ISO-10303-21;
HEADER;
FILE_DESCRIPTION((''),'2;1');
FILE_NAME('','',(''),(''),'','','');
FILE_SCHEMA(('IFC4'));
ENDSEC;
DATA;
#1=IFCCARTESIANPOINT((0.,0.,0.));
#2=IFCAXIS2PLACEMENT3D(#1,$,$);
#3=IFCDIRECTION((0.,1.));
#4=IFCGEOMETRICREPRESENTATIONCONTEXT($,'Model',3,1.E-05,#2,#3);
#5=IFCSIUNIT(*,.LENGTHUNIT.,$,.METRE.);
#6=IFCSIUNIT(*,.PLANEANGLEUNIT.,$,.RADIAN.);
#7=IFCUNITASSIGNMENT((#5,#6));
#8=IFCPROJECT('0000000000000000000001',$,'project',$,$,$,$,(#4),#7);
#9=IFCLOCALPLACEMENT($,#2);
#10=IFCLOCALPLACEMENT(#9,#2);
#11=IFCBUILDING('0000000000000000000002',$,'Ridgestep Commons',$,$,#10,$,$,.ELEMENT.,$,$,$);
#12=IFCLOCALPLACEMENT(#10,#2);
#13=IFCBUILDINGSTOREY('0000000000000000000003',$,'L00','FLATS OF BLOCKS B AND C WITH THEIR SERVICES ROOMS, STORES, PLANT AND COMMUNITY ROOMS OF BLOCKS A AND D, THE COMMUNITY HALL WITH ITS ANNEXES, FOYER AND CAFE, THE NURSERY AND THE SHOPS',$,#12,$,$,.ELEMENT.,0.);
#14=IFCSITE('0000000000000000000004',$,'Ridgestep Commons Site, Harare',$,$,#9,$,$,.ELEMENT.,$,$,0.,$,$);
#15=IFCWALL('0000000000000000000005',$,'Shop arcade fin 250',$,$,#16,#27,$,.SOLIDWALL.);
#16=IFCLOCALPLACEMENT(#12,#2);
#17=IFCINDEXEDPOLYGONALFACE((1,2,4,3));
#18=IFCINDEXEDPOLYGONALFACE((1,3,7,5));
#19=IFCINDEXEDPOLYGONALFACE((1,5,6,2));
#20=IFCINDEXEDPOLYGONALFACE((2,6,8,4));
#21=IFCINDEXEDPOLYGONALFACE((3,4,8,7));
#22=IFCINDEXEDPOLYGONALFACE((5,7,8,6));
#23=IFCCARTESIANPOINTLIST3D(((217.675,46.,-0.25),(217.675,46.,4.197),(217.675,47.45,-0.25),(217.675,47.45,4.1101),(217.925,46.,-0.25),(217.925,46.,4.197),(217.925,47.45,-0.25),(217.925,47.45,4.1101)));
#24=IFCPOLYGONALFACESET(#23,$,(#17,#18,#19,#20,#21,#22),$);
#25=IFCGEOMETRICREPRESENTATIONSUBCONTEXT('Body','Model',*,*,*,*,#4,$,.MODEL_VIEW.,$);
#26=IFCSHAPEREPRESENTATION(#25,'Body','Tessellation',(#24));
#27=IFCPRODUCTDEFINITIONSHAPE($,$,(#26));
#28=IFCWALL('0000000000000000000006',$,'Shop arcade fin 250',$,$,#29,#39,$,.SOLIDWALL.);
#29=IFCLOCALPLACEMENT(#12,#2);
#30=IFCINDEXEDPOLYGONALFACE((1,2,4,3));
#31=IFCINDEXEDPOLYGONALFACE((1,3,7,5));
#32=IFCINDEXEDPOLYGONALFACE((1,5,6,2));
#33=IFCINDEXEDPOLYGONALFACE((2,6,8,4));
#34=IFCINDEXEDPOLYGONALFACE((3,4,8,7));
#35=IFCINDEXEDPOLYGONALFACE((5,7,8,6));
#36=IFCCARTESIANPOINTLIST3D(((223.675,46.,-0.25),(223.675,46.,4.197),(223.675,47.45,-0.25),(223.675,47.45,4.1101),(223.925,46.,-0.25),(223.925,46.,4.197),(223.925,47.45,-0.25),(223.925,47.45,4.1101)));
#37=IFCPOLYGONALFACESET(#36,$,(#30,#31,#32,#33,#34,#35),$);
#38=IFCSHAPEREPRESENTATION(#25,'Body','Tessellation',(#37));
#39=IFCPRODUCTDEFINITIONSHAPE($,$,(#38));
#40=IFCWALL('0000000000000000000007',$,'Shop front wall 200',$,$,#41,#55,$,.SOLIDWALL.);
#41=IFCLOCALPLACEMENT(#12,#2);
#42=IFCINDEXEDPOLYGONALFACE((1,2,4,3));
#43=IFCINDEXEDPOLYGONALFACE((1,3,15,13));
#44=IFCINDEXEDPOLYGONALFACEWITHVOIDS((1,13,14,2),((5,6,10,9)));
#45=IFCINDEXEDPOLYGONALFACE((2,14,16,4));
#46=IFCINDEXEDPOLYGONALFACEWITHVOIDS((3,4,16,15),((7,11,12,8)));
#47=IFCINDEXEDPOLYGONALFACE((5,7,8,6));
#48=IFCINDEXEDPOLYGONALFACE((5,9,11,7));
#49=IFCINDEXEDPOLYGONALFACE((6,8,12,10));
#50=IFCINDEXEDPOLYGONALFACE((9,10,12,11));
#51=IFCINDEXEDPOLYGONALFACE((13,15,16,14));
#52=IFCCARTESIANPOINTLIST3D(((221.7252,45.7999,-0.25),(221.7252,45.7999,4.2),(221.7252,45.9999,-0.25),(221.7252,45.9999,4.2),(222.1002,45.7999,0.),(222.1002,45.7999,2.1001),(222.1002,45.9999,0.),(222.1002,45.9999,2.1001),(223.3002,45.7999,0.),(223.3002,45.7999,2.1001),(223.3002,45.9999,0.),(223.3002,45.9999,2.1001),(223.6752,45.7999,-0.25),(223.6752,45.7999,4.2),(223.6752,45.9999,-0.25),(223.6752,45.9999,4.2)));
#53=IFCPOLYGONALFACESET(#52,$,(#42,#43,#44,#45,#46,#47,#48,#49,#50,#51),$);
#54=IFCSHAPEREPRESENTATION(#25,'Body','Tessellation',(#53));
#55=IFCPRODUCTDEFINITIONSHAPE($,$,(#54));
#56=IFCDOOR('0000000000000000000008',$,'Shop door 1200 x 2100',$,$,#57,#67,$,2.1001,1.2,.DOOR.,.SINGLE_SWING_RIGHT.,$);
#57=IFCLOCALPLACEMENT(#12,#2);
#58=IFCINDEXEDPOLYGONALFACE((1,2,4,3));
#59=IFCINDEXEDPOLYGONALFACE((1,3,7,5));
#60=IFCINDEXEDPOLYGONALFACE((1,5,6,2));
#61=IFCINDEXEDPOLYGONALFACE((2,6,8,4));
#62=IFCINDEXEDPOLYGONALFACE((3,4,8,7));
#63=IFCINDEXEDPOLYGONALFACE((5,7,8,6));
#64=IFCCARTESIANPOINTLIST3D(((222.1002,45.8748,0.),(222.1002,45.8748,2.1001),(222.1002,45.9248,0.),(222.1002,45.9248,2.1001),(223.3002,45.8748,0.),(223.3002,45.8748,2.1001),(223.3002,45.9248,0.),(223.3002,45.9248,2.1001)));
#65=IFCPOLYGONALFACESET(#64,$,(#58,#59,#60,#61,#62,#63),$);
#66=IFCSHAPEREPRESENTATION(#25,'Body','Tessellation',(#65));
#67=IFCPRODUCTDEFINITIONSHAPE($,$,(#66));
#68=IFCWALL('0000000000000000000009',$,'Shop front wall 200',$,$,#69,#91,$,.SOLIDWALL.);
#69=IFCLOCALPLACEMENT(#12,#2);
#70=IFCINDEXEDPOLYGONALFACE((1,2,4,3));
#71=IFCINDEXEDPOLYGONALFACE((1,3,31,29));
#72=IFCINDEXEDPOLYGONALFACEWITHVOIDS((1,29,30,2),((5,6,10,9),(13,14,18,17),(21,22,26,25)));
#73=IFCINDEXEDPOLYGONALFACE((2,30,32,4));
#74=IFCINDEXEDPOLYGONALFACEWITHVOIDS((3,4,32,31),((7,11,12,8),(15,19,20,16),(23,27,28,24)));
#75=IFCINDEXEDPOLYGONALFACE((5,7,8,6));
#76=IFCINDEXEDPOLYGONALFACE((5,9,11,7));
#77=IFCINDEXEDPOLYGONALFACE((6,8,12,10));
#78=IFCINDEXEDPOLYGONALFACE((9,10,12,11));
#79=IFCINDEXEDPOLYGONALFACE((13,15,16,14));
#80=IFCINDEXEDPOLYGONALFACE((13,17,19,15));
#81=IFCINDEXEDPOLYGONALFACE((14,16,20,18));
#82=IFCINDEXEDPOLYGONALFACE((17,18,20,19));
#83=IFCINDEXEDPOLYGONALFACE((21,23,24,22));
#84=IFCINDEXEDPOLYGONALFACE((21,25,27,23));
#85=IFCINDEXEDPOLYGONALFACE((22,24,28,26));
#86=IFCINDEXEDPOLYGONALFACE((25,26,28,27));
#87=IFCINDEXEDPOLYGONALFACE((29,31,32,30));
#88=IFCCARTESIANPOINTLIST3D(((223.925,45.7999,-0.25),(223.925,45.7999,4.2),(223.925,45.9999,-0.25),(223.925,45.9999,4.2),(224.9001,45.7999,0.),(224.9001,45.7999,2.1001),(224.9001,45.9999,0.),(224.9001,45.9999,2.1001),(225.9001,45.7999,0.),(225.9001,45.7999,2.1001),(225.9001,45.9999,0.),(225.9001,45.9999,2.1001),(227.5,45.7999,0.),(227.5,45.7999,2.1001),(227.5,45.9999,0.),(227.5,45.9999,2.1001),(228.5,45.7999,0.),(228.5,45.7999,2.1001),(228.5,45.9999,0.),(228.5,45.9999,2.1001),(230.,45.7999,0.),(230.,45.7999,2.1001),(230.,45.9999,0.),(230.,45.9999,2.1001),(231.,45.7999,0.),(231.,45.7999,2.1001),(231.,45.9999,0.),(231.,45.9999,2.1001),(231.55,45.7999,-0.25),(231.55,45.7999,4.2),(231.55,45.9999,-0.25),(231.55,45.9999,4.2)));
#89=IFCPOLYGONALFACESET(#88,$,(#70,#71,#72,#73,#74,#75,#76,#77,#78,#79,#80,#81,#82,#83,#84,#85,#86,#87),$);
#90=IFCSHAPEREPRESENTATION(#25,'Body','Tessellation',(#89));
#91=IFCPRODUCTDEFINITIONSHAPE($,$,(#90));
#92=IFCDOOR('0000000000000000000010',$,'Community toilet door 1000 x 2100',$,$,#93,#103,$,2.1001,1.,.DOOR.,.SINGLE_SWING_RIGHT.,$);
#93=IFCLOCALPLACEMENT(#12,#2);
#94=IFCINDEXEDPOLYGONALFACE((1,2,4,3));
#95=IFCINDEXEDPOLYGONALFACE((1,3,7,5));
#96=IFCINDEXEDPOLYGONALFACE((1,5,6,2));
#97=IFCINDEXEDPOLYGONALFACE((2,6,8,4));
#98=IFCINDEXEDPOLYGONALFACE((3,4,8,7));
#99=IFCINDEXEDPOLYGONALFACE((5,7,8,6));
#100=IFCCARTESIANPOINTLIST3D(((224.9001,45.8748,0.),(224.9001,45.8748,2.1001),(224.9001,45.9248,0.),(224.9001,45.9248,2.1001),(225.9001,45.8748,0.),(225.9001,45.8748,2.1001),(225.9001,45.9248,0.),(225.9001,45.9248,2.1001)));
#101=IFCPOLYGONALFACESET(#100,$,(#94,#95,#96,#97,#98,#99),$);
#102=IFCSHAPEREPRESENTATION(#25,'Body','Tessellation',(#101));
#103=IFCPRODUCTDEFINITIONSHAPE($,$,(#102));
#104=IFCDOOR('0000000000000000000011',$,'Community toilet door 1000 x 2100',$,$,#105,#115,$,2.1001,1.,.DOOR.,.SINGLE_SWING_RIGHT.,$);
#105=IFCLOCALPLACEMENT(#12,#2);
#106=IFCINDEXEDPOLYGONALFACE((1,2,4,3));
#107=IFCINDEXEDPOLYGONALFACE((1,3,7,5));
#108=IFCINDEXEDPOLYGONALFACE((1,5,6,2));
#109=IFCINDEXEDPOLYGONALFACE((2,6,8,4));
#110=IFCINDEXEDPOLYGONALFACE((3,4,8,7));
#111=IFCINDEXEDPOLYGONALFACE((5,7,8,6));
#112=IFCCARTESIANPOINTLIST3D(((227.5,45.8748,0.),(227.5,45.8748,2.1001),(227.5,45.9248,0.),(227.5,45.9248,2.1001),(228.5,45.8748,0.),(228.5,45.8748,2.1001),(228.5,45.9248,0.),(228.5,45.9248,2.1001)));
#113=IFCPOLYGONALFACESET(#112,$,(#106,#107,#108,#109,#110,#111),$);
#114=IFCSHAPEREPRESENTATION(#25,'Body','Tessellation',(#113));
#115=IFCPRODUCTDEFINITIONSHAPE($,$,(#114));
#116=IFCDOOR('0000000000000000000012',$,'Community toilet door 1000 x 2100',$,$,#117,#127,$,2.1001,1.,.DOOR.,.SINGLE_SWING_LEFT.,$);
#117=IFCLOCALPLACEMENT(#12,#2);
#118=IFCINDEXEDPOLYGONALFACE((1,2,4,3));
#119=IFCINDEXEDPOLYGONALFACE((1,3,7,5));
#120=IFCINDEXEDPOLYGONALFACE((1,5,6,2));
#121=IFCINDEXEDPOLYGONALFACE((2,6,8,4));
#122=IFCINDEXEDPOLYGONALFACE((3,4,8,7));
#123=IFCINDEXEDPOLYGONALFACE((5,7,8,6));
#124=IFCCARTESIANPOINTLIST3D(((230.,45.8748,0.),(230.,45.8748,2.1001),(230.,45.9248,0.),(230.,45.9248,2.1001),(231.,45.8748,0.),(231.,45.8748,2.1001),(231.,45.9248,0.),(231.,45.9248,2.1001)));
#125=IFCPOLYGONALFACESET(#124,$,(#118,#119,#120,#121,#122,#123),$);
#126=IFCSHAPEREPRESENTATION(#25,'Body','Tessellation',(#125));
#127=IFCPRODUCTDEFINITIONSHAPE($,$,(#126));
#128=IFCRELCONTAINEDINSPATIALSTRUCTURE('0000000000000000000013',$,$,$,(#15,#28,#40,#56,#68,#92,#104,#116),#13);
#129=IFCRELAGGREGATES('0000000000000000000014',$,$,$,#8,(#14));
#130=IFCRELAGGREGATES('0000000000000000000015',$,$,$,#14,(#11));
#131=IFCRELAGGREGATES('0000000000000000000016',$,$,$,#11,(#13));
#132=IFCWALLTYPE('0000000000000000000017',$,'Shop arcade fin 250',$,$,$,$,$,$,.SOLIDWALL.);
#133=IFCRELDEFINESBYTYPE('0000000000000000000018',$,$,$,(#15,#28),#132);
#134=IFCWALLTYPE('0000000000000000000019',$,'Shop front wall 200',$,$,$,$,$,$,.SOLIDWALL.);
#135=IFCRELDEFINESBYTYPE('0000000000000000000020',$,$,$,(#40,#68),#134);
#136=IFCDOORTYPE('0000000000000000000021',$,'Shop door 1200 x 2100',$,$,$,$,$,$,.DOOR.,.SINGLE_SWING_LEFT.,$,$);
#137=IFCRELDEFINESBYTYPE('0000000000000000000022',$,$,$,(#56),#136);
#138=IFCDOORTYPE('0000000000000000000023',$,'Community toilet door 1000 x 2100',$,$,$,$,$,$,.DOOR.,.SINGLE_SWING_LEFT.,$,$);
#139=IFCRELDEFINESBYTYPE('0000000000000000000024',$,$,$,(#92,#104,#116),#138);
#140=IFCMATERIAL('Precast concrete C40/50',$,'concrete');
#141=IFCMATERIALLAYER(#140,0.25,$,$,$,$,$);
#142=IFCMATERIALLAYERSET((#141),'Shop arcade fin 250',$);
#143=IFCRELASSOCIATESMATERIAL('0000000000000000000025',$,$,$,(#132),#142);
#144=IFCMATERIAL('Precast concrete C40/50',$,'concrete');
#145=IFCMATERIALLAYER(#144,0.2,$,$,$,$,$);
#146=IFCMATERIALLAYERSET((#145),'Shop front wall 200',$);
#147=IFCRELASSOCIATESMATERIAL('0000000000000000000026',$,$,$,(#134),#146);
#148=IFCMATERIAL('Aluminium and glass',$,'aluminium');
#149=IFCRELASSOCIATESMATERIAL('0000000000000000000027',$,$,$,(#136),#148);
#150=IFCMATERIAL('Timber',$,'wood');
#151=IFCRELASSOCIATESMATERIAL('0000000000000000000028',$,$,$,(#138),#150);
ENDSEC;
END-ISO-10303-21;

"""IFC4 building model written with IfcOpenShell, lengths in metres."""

from ifc_helpers import new_model, si_unit, direction, frame, frame_2d, origin, place, context, subcontext, project, spatial, polyline, rectangle, outline, extrude, material, layer, layer_set, type_object, element, fill, save


model = new_model("IFC4")

# Units and contexts
model_context = context("Model", 3, precision=1e-05, world=origin(), true_north=direction((0.0, 1.0)))
body_context = subcontext(model_context, "Body", "Model", "MODEL_VIEW")
ifc_project = project(units=[si_unit("LENGTHUNIT", "METRE"), si_unit("PLANEANGLEUNIT", "RADIAN")], contexts=[model_context])

# Site, building, storey
site_placement = place(None, origin())
site = spatial("IfcSite", under=ifc_project, at=site_placement, Name="Ridgestep Commons Site, Harare", CompositionType="ELEMENT", RefElevation=0.0)
building_placement = place(site_placement, origin())
building = spatial("IfcBuilding", under=site, at=building_placement, Name="Ridgestep Commons", CompositionType="ELEMENT")
storey_placement = place(building_placement, origin())
storey = spatial("IfcBuildingStorey", under=building, at=storey_placement, Name="L00", Description="FLATS OF BLOCKS B AND C WITH THEIR SERVICES ROOMS, STORES, PLANT AND COMMUNITY ROOMS OF BLOCKS A AND D, THE COMMUNITY HALL WITH ITS ANNEXES, FOYER AND CAFE, THE NURSERY AND THE SHOPS", CompositionType="ELEMENT", Elevation=0.0)

# Walls
ifc_material_1 = material(Name="Precast concrete C40/50", Category="concrete")
ifc_layer_1 = layer(ifc_material_1, 0.25)
ifc_layer_set_1 = layer_set([ifc_layer_1], Name="Shop arcade fin 250")
wall_type_1 = type_object("IfcWallType", Name="Shop arcade fin 250", PredefinedType="SOLIDWALL", material=ifc_layer_set_1)
for number, where, z_axis, x_axis, name in (
    (1, (217.8, 46.0, -0.25), (0.0, 0.0, 1.0), (0.0, 1.0, 0.0), "Shop arcade fin 250"),
    (2, (223.8, 46.0, -0.25), (0.0, 0.0, 1.0), (0.0, 1.0, 0.0), "Shop arcade fin 250"),
):
    element("IfcWall", number, at=place(storey_placement, frame(where, z_axis=z_axis, x_axis=x_axis)), inside=storey, type_object=wall_type_1, Name=name, PredefinedType="SOLIDWALL", context=body_context, shape_type="SweptSolid", body=[
        extrude(outline(polyline([(0.0, 0.0), (1.45, 0.0), (1.45, 4.3601), (0.0, 4.447), (0.0, 0.0)])), frame((0.0, 0.125, 0.0), z_axis=(0.0, -1.0, 0.0), x_axis=(1.0, 0.0, 0.0)), (0.0, 0.0, 1.0), 0.25),
    ])

# Wall, opening, door
ifc_material_2 = material(Name="Precast concrete C40/50", Category="concrete")
ifc_layer_2 = layer(ifc_material_2, 0.2)
ifc_layer_set_2 = layer_set([ifc_layer_2], Name="Shop front wall 200")
wall_type_2 = type_object("IfcWallType", Name="Shop front wall 200", PredefinedType="SOLIDWALL", material=ifc_layer_set_2)
wall_1_placement = place(storey_placement, frame((221.7251, 45.8999, -0.25), z_axis=(0.0, 0.0, 1.0), x_axis=(1.0, 0.0, 0.0)))
wall_1 = element("IfcWall", 3, at=wall_1_placement, inside=storey, type_object=wall_type_2, Name="Shop front wall 200", PredefinedType="SOLIDWALL", context=body_context, shape_type="SweptSolid", body=[
    extrude(rectangle(XDim=1.95, YDim=0.2, at=frame_2d((0.9751, 0.0))), origin(), (0.0, 0.0, 1.0), 4.45),
])
opening_1_placement = place(wall_1_placement, frame((0.375, 0.0, 0.25)))
opening_1 = element("IfcOpeningElement", 4, at=opening_1_placement, cuts=wall_1, PredefinedType="OPENING", context=body_context, shape_type="SweptSolid", body=[
    extrude(rectangle(XDim=1.2, YDim=2.1001, at=frame_2d((0.6001, 1.05))), frame((0.0, 0.1099, 0.0), z_axis=(0.0, -1.0, 0.0), x_axis=(1.0, 0.0, 0.0)), (0.0, 0.0, 1.0), 0.22),
])
ifc_material_3 = material(Name="Aluminium and glass", Category="aluminium")
door_type_1 = type_object("IfcDoorType", Name="Shop door 1200 x 2100", OperationType="SINGLE_SWING_LEFT", PredefinedType="DOOR", material=ifc_material_3)
door_1_placement = place(opening_1_placement, origin())
door_1 = element("IfcDoor", 5, at=door_1_placement, inside=storey, type_object=door_type_1, Name="Shop door 1200 x 2100", OperationType="SINGLE_SWING_RIGHT", OverallHeight=2.1001, OverallWidth=1.2, PredefinedType="DOOR", context=body_context, shape_type="SweptSolid", body=[
    extrude(rectangle(XDim=1.2, YDim=2.1001, at=frame_2d((0.6001, 1.05))), frame((0.0, 0.0249, 0.0), z_axis=(0.0, -1.0, 0.0), x_axis=(1.0, 0.0, 0.0)), (0.0, 0.0, 1.0), 0.05),
])
fill(opening_1, door_1)

# Wall, openings, doors
wall_2_placement = place(storey_placement, frame((223.925, 45.8999, -0.25), z_axis=(0.0, 0.0, 1.0), x_axis=(1.0, 0.0, 0.0)))
wall_2 = element("IfcWall", 6, at=wall_2_placement, inside=storey, type_object=wall_type_2, Name="Shop front wall 200", PredefinedType="SOLIDWALL", context=body_context, shape_type="SweptSolid", body=[
    extrude(rectangle(XDim=7.625, YDim=0.2, at=frame_2d((3.8125, 0.0))), origin(), (0.0, 0.0, 1.0), 4.45),
])
opening_2_placement = place(wall_2_placement, frame((0.9751, 0.0, 0.25)))
opening_2 = element("IfcOpeningElement", 7, at=opening_2_placement, cuts=wall_2, PredefinedType="OPENING", context=body_context, shape_type="SweptSolid", body=[
    extrude(rectangle(XDim=1.0, YDim=2.1001, at=frame_2d((0.5, 1.05))), frame((0.0, 0.1099, 0.0), z_axis=(0.0, -1.0, 0.0), x_axis=(1.0, 0.0, 0.0)), (0.0, 0.0, 1.0), 0.22),
])
opening_3_placement = place(wall_2_placement, frame((3.575, 0.0, 0.25)))
opening_3 = element("IfcOpeningElement", 8, at=opening_3_placement, cuts=wall_2, PredefinedType="OPENING", context=body_context, shape_type="SweptSolid", body=[
    extrude(rectangle(XDim=1.0, YDim=2.1001, at=frame_2d((0.5, 1.05))), frame((0.0, 0.1099, 0.0), z_axis=(0.0, -1.0, 0.0), x_axis=(1.0, 0.0, 0.0)), (0.0, 0.0, 1.0), 0.22),
])
opening_4_placement = place(wall_2_placement, frame((6.075, 0.0, 0.25)))
opening_4 = element("IfcOpeningElement", 9, at=opening_4_placement, cuts=wall_2, PredefinedType="OPENING", context=body_context, shape_type="SweptSolid", body=[
    extrude(rectangle(XDim=1.0, YDim=2.1001, at=frame_2d((0.5, 1.05))), frame((0.0, 0.1099, 0.0), z_axis=(0.0, -1.0, 0.0), x_axis=(1.0, 0.0, 0.0)), (0.0, 0.0, 1.0), 0.22),
])
ifc_material_4 = material(Name="Timber", Category="wood")
door_type_2 = type_object("IfcDoorType", Name="Community toilet door 1000 x 2100", OperationType="SINGLE_SWING_LEFT", PredefinedType="DOOR", material=ifc_material_4)
door_2_placement = place(opening_2_placement, origin())
door_2 = element("IfcDoor", 10, at=door_2_placement, inside=storey, type_object=door_type_2, Name="Community toilet door 1000 x 2100", OperationType="SINGLE_SWING_RIGHT", OverallHeight=2.1001, OverallWidth=1.0, PredefinedType="DOOR", context=body_context, shape_type="SweptSolid", body=[
    extrude(rectangle(XDim=1.0, YDim=2.1001, at=frame_2d((0.5, 1.05))), frame((0.0, 0.0249, 0.0), z_axis=(0.0, -1.0, 0.0), x_axis=(1.0, 0.0, 0.0)), (0.0, 0.0, 1.0), 0.05),
])
fill(opening_2, door_2)
door_3_placement = place(opening_3_placement, origin())
door_3 = element("IfcDoor", 11, at=door_3_placement, inside=storey, type_object=door_type_2, Name="Community toilet door 1000 x 2100", OperationType="SINGLE_SWING_RIGHT", OverallHeight=2.1001, OverallWidth=1.0, PredefinedType="DOOR", context=body_context, shape_type="SweptSolid", body=[
    extrude(rectangle(XDim=1.0, YDim=2.1001, at=frame_2d((0.5, 1.05))), frame((0.0, 0.0249, 0.0), z_axis=(0.0, -1.0, 0.0), x_axis=(1.0, 0.0, 0.0)), (0.0, 0.0, 1.0), 0.05),
])
fill(opening_3, door_3)
door_4_placement = place(opening_4_placement, origin())
door_4 = element("IfcDoor", 12, at=door_4_placement, inside=storey, type_object=door_type_2, Name="Community toilet door 1000 x 2100", OperationType="SINGLE_SWING_LEFT", OverallHeight=2.1001, OverallWidth=1.0, PredefinedType="DOOR", context=body_context, shape_type="SweptSolid", body=[
    extrude(rectangle(XDim=1.0, YDim=2.1001, at=frame_2d((0.5, 1.05))), frame((0.0, 0.0249, 0.0), z_axis=(0.0, -1.0, 0.0), x_axis=(1.0, 0.0, 0.0)), (0.0, 0.0, 1.0), 0.05),
])
fill(opening_4, door_4)

save(model, "model.ifc")
